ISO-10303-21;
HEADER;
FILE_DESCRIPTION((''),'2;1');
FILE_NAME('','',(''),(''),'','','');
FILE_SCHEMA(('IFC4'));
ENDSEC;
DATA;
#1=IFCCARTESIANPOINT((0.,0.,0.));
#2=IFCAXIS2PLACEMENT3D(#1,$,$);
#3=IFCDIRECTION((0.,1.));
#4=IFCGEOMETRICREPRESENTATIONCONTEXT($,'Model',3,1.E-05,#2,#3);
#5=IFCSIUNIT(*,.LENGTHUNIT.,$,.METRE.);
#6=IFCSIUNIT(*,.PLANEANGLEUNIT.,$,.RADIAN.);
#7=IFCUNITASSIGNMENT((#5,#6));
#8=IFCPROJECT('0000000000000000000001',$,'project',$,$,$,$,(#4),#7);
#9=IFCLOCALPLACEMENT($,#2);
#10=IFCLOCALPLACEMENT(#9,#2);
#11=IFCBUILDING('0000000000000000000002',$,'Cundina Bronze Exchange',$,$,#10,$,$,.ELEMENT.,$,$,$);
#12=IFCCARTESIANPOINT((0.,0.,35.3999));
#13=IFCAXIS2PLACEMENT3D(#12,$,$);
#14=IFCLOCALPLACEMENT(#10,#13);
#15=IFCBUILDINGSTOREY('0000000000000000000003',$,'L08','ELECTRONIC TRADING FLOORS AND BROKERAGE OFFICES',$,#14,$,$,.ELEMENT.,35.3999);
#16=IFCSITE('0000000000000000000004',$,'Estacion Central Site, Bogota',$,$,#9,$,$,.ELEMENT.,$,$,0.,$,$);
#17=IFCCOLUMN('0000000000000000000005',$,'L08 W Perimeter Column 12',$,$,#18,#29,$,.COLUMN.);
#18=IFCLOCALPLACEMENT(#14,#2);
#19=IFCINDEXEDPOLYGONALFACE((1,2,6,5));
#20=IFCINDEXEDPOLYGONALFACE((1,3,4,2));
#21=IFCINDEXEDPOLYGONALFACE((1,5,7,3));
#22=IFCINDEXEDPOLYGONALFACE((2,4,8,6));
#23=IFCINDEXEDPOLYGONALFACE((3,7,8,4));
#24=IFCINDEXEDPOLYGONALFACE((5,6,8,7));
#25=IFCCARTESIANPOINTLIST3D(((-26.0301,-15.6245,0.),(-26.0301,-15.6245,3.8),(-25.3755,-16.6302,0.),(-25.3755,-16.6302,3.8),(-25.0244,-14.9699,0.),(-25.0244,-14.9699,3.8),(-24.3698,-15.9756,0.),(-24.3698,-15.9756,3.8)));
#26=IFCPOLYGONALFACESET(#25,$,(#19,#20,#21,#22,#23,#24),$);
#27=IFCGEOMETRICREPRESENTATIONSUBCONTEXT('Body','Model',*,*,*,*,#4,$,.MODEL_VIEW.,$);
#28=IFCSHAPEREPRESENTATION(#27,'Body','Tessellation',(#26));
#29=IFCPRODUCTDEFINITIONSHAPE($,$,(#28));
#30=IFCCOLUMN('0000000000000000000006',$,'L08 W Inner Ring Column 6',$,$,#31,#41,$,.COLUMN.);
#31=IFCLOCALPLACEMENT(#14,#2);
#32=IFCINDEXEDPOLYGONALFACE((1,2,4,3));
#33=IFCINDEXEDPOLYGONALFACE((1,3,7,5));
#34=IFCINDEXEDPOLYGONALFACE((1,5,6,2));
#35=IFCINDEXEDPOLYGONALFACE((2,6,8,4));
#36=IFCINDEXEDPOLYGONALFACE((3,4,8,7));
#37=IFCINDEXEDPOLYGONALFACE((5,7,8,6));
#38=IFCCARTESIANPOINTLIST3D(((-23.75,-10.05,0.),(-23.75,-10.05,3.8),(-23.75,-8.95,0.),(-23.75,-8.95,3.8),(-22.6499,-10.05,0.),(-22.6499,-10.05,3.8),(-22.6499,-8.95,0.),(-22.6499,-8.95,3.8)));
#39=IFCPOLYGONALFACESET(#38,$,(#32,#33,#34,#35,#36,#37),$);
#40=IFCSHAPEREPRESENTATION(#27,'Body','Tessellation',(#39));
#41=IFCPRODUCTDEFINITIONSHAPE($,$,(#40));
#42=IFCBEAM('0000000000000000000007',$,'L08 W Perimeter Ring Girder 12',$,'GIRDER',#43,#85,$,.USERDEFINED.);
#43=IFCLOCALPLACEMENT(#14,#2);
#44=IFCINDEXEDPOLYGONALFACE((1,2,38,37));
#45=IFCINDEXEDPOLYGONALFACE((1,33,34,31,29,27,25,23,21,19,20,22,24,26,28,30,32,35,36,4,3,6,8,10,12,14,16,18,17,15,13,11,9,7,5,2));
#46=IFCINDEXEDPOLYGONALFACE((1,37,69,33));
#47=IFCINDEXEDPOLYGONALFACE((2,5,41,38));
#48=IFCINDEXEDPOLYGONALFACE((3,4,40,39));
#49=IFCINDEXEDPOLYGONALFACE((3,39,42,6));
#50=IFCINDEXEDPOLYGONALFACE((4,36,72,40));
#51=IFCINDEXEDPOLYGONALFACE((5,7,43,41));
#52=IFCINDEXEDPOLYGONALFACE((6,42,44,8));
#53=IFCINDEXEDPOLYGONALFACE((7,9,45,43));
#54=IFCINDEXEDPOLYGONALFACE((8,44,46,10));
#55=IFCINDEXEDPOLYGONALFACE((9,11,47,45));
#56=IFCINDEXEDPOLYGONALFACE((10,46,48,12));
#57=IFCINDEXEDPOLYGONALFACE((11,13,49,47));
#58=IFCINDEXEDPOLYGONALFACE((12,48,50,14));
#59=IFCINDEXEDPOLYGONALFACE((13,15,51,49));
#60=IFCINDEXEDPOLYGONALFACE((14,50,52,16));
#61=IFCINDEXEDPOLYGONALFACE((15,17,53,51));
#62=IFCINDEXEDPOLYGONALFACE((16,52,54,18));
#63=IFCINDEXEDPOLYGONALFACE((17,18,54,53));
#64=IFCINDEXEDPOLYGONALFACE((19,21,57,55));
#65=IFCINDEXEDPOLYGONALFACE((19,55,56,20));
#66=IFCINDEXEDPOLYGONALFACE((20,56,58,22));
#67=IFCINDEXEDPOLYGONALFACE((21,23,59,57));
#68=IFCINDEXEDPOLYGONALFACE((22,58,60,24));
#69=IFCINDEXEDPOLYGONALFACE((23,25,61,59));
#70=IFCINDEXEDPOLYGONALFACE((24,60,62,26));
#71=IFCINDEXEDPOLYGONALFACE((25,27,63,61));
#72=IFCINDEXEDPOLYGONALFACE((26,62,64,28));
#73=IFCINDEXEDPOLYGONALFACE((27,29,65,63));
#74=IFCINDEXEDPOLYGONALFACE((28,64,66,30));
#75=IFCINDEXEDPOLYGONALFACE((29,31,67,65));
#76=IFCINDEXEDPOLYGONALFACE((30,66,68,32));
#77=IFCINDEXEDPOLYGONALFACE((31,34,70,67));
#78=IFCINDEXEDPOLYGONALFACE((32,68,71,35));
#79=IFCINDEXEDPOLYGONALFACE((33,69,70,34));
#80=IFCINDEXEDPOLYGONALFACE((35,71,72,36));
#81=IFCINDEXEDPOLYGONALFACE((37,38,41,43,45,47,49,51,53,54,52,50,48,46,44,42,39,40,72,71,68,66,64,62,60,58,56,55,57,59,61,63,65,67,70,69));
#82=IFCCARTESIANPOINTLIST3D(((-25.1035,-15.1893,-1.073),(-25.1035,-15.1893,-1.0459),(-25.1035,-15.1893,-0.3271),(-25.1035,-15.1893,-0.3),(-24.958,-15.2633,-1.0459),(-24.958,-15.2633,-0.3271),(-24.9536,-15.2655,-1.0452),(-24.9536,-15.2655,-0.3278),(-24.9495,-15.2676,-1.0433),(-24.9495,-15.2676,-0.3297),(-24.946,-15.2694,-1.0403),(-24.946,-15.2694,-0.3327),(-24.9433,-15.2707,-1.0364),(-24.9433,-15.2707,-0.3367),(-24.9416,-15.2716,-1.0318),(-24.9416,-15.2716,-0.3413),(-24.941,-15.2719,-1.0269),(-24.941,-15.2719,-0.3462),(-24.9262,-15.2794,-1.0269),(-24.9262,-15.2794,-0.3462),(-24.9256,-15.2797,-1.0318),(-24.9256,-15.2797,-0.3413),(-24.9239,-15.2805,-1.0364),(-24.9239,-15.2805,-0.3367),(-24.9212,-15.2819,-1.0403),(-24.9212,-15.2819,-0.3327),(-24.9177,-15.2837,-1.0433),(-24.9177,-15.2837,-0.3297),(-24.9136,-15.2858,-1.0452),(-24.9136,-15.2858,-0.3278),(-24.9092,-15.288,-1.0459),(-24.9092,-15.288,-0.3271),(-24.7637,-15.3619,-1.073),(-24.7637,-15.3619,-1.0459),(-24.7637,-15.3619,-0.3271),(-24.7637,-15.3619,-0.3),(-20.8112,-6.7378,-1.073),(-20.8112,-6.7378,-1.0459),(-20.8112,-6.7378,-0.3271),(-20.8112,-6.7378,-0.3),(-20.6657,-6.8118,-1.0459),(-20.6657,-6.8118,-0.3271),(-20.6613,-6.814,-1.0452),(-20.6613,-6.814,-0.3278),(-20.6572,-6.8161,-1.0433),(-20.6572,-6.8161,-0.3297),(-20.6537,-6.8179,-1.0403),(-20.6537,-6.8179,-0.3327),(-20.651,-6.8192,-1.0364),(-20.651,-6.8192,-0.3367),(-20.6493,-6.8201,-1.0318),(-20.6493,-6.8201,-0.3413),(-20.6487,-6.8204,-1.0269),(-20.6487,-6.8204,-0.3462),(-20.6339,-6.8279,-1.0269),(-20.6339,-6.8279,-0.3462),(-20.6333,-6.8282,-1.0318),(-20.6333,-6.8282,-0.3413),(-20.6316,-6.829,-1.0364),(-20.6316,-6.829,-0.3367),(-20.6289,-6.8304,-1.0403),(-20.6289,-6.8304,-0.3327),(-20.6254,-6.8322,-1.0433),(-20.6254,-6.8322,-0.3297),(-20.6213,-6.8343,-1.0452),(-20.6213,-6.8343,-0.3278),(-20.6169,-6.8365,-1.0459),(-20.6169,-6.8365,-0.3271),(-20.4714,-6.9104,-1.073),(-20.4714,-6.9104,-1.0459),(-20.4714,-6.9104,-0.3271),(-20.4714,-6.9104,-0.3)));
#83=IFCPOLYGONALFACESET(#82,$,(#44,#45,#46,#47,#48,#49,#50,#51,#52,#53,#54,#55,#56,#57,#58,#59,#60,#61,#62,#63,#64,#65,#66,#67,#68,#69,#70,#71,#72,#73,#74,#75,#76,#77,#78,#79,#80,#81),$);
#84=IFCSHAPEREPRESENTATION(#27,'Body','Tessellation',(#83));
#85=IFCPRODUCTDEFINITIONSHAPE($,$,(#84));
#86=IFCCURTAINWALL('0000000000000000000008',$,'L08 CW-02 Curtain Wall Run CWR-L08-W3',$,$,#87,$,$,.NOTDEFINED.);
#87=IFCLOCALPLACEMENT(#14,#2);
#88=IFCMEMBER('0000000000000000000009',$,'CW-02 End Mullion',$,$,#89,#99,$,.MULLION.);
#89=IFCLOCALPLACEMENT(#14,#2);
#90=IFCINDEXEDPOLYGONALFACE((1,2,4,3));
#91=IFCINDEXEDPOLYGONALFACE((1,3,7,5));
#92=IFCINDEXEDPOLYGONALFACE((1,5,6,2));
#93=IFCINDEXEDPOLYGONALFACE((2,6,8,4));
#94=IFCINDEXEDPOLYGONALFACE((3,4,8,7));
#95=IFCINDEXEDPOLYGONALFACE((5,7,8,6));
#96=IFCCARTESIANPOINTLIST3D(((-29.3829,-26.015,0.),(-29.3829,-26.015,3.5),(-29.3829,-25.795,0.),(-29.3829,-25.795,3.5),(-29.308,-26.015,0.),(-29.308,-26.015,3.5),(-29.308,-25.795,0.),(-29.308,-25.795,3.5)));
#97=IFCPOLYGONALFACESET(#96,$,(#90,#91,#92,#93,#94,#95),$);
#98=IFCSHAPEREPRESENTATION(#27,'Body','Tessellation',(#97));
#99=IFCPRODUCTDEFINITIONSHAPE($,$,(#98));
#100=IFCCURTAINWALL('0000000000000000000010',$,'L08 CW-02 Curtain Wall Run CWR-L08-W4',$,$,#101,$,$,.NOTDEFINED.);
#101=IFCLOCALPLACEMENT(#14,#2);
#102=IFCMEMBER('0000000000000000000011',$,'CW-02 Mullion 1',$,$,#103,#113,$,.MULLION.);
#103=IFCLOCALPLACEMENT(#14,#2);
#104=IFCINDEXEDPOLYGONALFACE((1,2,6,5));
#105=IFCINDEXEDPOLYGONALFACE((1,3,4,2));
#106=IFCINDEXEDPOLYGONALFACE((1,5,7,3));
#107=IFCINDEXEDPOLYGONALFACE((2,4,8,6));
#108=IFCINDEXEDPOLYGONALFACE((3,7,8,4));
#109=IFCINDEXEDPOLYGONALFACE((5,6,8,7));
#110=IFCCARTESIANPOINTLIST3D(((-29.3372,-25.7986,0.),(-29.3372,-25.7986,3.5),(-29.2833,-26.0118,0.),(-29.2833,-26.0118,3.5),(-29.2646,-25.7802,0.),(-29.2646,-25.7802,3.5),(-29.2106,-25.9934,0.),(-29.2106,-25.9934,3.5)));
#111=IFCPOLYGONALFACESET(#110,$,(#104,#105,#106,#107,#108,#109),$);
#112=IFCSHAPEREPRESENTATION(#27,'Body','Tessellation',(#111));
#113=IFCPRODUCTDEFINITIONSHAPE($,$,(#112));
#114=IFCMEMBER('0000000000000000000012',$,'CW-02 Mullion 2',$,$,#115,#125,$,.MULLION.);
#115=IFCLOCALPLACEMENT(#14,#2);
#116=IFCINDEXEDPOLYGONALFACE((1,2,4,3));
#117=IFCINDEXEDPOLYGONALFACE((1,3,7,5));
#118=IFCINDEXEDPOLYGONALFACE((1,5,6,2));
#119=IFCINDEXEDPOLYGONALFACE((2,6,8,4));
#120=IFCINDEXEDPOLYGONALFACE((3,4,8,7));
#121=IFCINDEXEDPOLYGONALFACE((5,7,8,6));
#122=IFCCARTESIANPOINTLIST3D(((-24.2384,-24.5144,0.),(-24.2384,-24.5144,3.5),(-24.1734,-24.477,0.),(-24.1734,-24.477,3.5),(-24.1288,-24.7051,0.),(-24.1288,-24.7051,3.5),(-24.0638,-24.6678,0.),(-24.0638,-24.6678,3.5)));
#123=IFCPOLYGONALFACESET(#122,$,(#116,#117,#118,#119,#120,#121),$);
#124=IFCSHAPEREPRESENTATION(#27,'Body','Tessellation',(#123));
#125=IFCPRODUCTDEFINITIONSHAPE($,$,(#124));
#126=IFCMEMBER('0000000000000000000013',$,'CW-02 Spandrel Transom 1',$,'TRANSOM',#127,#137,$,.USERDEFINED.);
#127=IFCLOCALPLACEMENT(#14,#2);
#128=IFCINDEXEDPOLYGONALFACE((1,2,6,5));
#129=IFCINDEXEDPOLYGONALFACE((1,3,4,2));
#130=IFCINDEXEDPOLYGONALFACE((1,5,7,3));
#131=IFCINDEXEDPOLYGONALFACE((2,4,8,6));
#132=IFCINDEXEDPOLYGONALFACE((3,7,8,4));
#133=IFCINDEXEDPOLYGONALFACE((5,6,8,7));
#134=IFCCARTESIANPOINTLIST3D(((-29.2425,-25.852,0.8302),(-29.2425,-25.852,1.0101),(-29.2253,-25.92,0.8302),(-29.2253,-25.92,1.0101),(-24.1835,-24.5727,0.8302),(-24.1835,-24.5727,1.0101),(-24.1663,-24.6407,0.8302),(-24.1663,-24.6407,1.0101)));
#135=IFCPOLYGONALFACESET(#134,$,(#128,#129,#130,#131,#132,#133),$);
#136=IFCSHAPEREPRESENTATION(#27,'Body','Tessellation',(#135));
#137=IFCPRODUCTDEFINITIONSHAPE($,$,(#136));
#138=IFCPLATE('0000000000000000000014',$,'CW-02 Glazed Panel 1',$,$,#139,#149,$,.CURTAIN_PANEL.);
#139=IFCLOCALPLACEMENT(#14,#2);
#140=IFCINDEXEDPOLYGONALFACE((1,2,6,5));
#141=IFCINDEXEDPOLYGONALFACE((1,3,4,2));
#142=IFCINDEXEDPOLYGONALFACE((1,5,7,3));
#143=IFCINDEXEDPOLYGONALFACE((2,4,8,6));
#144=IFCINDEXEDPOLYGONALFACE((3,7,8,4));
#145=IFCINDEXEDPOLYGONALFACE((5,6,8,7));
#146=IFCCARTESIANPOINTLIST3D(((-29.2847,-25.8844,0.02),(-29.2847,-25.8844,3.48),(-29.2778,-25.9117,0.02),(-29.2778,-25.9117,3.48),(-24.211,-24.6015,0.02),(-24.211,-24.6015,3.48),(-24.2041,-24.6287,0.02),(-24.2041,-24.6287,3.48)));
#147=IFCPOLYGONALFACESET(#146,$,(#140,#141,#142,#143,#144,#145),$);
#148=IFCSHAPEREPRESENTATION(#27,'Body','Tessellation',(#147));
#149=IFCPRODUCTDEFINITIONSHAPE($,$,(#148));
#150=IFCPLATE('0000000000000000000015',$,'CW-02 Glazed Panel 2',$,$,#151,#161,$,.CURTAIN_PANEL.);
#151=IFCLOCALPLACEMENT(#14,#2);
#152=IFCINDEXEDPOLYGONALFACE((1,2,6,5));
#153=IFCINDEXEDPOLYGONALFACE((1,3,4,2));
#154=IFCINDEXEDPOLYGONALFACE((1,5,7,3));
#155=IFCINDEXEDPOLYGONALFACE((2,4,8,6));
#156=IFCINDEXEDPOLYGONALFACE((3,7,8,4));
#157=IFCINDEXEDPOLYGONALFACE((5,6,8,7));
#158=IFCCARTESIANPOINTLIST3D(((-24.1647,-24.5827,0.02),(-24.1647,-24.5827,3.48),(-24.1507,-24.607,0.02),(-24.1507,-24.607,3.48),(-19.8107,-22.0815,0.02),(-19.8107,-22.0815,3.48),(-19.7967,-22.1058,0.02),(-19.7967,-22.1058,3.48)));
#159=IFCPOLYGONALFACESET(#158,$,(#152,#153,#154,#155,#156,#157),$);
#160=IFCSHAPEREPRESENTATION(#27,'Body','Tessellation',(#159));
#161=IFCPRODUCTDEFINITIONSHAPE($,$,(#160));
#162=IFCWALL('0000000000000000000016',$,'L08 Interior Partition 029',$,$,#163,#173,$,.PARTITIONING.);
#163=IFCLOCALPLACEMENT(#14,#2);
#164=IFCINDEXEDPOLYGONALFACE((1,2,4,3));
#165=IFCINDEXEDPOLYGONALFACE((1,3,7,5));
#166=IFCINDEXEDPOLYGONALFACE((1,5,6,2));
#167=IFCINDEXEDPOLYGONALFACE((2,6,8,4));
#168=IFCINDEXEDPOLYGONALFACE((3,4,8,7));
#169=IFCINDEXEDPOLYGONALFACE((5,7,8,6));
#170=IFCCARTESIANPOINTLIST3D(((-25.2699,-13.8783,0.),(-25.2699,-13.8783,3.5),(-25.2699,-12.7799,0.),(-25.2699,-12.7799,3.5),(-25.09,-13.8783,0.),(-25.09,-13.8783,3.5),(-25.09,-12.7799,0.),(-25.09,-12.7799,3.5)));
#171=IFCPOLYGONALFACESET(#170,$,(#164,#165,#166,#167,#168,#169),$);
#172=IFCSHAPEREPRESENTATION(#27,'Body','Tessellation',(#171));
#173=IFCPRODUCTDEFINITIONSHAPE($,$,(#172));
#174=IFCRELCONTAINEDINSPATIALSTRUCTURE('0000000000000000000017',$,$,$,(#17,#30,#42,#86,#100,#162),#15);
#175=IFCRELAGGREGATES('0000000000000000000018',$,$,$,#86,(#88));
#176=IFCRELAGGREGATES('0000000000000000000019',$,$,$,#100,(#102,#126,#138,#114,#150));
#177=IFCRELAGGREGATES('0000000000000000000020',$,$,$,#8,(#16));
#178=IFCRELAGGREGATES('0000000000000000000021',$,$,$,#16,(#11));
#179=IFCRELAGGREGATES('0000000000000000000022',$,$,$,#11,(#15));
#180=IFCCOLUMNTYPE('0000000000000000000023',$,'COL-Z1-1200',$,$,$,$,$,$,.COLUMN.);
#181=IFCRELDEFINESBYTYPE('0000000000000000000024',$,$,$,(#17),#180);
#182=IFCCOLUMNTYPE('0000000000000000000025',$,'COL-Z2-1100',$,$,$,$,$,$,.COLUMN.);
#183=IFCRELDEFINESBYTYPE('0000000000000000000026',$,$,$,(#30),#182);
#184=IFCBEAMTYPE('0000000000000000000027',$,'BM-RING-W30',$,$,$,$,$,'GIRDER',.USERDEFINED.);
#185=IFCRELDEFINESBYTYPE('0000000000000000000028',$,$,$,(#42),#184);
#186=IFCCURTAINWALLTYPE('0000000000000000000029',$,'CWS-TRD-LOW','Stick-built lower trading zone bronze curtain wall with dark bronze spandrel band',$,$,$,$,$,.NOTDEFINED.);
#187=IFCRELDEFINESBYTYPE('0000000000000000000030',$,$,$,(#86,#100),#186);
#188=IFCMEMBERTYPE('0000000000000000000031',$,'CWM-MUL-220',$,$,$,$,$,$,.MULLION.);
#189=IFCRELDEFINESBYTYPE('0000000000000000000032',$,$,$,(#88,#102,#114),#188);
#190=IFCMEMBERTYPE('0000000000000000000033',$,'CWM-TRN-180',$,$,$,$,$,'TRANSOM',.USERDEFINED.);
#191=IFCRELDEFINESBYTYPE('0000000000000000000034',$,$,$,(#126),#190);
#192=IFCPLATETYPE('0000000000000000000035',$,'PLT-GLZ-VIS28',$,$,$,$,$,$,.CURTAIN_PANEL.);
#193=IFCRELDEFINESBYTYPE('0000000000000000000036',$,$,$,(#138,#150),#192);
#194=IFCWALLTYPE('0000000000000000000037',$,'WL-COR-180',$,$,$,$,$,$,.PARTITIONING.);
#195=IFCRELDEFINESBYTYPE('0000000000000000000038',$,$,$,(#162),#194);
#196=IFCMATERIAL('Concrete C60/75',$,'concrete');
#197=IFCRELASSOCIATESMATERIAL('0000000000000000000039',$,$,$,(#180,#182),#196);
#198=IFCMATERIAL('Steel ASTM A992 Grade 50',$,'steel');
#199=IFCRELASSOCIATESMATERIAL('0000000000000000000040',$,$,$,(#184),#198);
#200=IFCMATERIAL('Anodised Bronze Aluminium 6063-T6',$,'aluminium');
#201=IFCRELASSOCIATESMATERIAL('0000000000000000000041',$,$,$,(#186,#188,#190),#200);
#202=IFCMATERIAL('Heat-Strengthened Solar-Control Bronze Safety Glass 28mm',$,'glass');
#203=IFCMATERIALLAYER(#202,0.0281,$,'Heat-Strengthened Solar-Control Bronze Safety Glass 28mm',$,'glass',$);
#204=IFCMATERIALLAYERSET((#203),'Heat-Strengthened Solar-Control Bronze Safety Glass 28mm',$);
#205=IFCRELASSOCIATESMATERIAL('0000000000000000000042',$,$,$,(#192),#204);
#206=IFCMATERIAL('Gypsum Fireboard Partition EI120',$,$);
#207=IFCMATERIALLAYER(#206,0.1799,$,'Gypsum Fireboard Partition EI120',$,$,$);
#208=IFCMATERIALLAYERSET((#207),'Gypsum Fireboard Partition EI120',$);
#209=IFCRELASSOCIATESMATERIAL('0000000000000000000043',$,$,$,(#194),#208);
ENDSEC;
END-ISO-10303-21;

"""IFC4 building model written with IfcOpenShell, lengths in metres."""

from ifc_helpers import new_model, si_unit, direction, frame, frame_2d, origin, origin_2d, place, context, subcontext, project, spatial, rectangle, i_section, extrude, material, layer, layer_set, material_profile, profile_set, type_object, element, aggregate, save


model = new_model("IFC4")

# Units and contexts
model_context = context("Model", 3, precision=1e-05, world=origin(), true_north=direction((0.0, 1.0)))
body_context = subcontext(model_context, "Body", "Model", "MODEL_VIEW")
ifc_project = project(units=[si_unit("LENGTHUNIT", "METRE"), si_unit("PLANEANGLEUNIT", "RADIAN")], contexts=[model_context])

# Site, building, storey
site_placement = place(None, origin())
site = spatial("IfcSite", under=ifc_project, at=site_placement, Name="Estacion Central Site, Bogota", CompositionType="ELEMENT", RefElevation=0.0)
building_placement = place(site_placement, origin())
building = spatial("IfcBuilding", under=site, at=building_placement, Name="Cundina Bronze Exchange", CompositionType="ELEMENT")
storey_placement = place(building_placement, frame((0.0, 0.0, 35.3999)))
storey = spatial("IfcBuildingStorey", under=building, at=storey_placement, Name="L08", Description="ELECTRONIC TRADING FLOORS AND BROKERAGE OFFICES", CompositionType="ELEMENT", Elevation=35.3999)

# Columns
ifc_material_1 = material(Name="Concrete C60/75", Category="concrete")
ifc_material_profile_1 = material_profile(ifc_material_1, rectangle(XDim=1.2, YDim=1.2, at=origin_2d()), Name="RC1200X1200", Category="concrete")
ifc_profile_set_1 = profile_set([ifc_material_profile_1], Name="Concrete C60/75")
column_type_1 = type_object("IfcColumnType", Name="COL-Z1-1200", PredefinedType="COLUMN", material=ifc_profile_set_1)
column_1_placement = place(storey_placement, frame((-25.2, -15.8, 0.0), z_axis=(0.0, 0.0, 1.0), x_axis=(0.8381, 0.545517, 0.0)))
element("IfcColumn", 1, at=column_1_placement, inside=storey, type_object=column_type_1, Name="L08 W Perimeter Column 12", PredefinedType="COLUMN", context=body_context, shape_type="SweptSolid", body=[
    extrude(rectangle(XDim=1.2, YDim=1.2, at=origin_2d()), origin(), (0.0, 0.0, 1.0), 3.8),
])
ifc_material_profile_2 = material_profile(ifc_material_1, rectangle(XDim=1.1001, YDim=1.1001, at=origin_2d()), Name="RC1100X1100", Category="concrete")
ifc_profile_set_2 = profile_set([ifc_material_profile_2], Name="Concrete C60/75")
column_type_2 = type_object("IfcColumnType", Name="COL-Z2-1100", PredefinedType="COLUMN", material=ifc_profile_set_2)
column_2_placement = place(storey_placement, frame((-23.2, -9.5, 0.0), z_axis=(0.0, 0.0, 1.0), x_axis=(1.0, 0.0, 0.0)))
element("IfcColumn", 2, at=column_2_placement, inside=storey, type_object=column_type_2, Name="L08 W Inner Ring Column 6", PredefinedType="COLUMN", context=body_context, shape_type="SweptSolid", body=[
    extrude(rectangle(XDim=1.1001, YDim=1.1001, at=origin_2d()), origin(), (0.0, 0.0, 1.0), 3.8),
])

# Beam
ifc_material_2 = material(Name="Steel ASTM A992 Grade 50", Category="steel")
ifc_material_profile_3 = material_profile(ifc_material_2, i_section(OverallWidth=0.3811, OverallDepth=0.7729, WebThickness=0.0166, FlangeThickness=0.0271, FilletRadius=0.019, at=origin_2d()), Name="W30X173", Category="steel")
ifc_profile_set_3 = profile_set([ifc_material_profile_3], Name="Steel ASTM A992 Grade 50")
beam_type = type_object("IfcBeamType", Name="BM-RING-W30", ElementType="GIRDER", PredefinedType="USERDEFINED", material=ifc_profile_set_3)
beam_placement = place(storey_placement, frame((-24.9336, -15.2756, -0.6865), z_axis=(0.45282, 0.891602, 0.0), x_axis=(-0.891602, 0.45282, 0.0)))
element("IfcBeam", 3, at=beam_placement, inside=storey, type_object=beam_type, Name="L08 W Perimeter Ring Girder 12", ObjectType="GIRDER", PredefinedType="USERDEFINED", context=body_context, shape_type="SweptSolid", body=[
    extrude(i_section(OverallWidth=0.3811, OverallDepth=0.7729, WebThickness=0.0166, FlangeThickness=0.0271, FilletRadius=0.019, at=origin_2d()), origin(), (0.0, 0.0, 1.0), 9.479),
])

# Curtain wall, member
ifc_material_3 = material(Name="Anodised Bronze Aluminium 6063-T6", Category="aluminium")
curtain_wall_type = type_object("IfcCurtainWallType", Name="CWS-TRD-LOW", Description="Stick-built lower trading zone bronze curtain wall with dark bronze spandrel band", PredefinedType="NOTDEFINED", material=ifc_material_3)
curtain_wall_1_placement = place(storey_placement, origin())
curtain_wall_1 = element("IfcCurtainWall", 4, at=curtain_wall_1_placement, inside=storey, type_object=curtain_wall_type, Name="L08 CW-02 Curtain Wall Run CWR-L08-W3", PredefinedType="NOTDEFINED")
ifc_material_profile_4 = material_profile(ifc_material_3, rectangle(XDim=0.075, YDim=0.22, at=origin_2d()), Name="AL75X220", Category="aluminium")
ifc_profile_set_4 = profile_set([ifc_material_profile_4], Name="Anodised Bronze Aluminium 6063-T6")
member_type_1 = type_object("IfcMemberType", Name="CWM-MUL-220", PredefinedType="MULLION", material=ifc_profile_set_4)
member_1_placement = place(storey_placement, frame((-29.3455, -25.905, 0.0), z_axis=(0.0, 0.0, 1.0), x_axis=(1.0, 0.0, 0.0)))
member_1 = element("IfcMember", 5, at=member_1_placement, type_object=member_type_1, Name="CW-02 End Mullion", PredefinedType="MULLION", context=body_context, shape_type="SweptSolid", body=[
    extrude(rectangle(XDim=0.075, YDim=0.22, at=origin_2d()), origin(), (0.0, 0.0, 1.0), 3.5),
])
aggregate(curtain_wall_1, [member_1])

# Curtain wall, members, plates
curtain_wall_2_placement = place(storey_placement, origin())
curtain_wall_2 = element("IfcCurtainWall", 6, at=curtain_wall_2_placement, inside=storey, type_object=curtain_wall_type, Name="L08 CW-02 Curtain Wall Run CWR-L08-W4", PredefinedType="NOTDEFINED")
member_2_placement = place(storey_placement, frame((-29.2739, -25.896, 0.0), z_axis=(0.0, 0.0, 1.0), x_axis=(0.969488, 0.245138, 0.0)))
member_2 = element("IfcMember", 7, at=member_2_placement, type_object=member_type_1, Name="CW-02 Mullion 1", PredefinedType="MULLION", context=body_context, shape_type="SweptSolid", body=[
    extrude(rectangle(XDim=0.075, YDim=0.22, at=origin_2d()), origin(), (0.0, 0.0, 1.0), 3.5),
])
member_3_placement = place(storey_placement, frame((-24.1511, -24.5911, 0.0), z_axis=(0.0, 0.0, 1.0), x_axis=(0.867071, 0.498185, 0.0)))
member_3 = element("IfcMember", 8, at=member_3_placement, type_object=member_type_1, Name="CW-02 Mullion 2", PredefinedType="MULLION", context=body_context, shape_type="SweptSolid", body=[
    extrude(rectangle(XDim=0.075, YDim=0.22, at=origin_2d()), origin(), (0.0, 0.0, 1.0), 3.5),
])
ifc_material_profile_5 = material_profile(ifc_material_3, rectangle(XDim=0.0701, YDim=0.1799, at=origin_2d()), Name="AL70X180", Category="aluminium")
ifc_profile_set_5 = profile_set([ifc_material_profile_5], Name="Anodised Bronze Aluminium 6063-T6")
member_type_2 = type_object("IfcMemberType", Name="CWM-TRN-180", ElementType="TRANSOM", PredefinedType="USERDEFINED", material=ifc_profile_set_5)
member_4_placement = place(storey_placement, frame((-29.2339, -25.886, 0.9202), z_axis=(0.969484, 0.245155, 0.0), x_axis=(-0.245155, 0.969484, 0.0)))
member_4 = element("IfcMember", 9, at=member_4_placement, type_object=member_type_2, Name="CW-02 Spandrel Transom 1", ObjectType="TRANSOM", PredefinedType="USERDEFINED", context=body_context, shape_type="SweptSolid", body=[
    extrude(rectangle(XDim=0.0701, YDim=0.1799, at=origin_2d()), origin(), (0.0, 0.0, 1.0), 5.2183),
])
ifc_material_4 = material(Name="Heat-Strengthened Solar-Control Bronze Safety Glass 28mm", Category="glass")
ifc_layer_1 = layer(ifc_material_4, 0.0281, Name="Heat-Strengthened Solar-Control Bronze Safety Glass 28mm", Category="glass")
ifc_layer_set_1 = layer_set([ifc_layer_1], Name="Heat-Strengthened Solar-Control Bronze Safety Glass 28mm")
plate_type = type_object("IfcPlateType", Name="PLT-GLZ-VIS28", PredefinedType="CURTAIN_PANEL", material=ifc_layer_set_1)
plate_1_placement = place(storey_placement, frame((-26.7444, -25.2566, 0.02), z_axis=(0.0, 0.0, 1.0), x_axis=(0.969488, 0.245138, 0.0)))
plate_1 = element("IfcPlate", 10, at=plate_1_placement, type_object=plate_type, Name="CW-02 Glazed Panel 1", PredefinedType="CURTAIN_PANEL", context=body_context, shape_type="SweptSolid", body=[
    extrude(rectangle(XDim=5.2334, YDim=0.0281, at=origin_2d()), origin(), (0.0, 0.0, 1.0), 3.46),
])
plate_2_placement = place(storey_placement, frame((-21.9807, -23.3442, 0.02), z_axis=(0.0, 0.0, 1.0), x_axis=(0.867105, 0.498125, 0.0)))
plate_2 = element("IfcPlate", 11, at=plate_2_placement, type_object=plate_type, Name="CW-02 Glazed Panel 2", PredefinedType="CURTAIN_PANEL", context=body_context, shape_type="SweptSolid", body=[
    extrude(rectangle(XDim=5.0212, YDim=0.0281, at=origin_2d()), origin(), (0.0, 0.0, 1.0), 3.46),
])
aggregate(curtain_wall_2, [member_2, member_4, plate_1, member_3, plate_2])

# Wall
ifc_material_5 = material(Name="Gypsum Fireboard Partition EI120")
ifc_layer_2 = layer(ifc_material_5, 0.1799, Name="Gypsum Fireboard Partition EI120")
ifc_layer_set_2 = layer_set([ifc_layer_2], Name="Gypsum Fireboard Partition EI120")
wall_type_1 = type_object("IfcWallType", Name="WL-COR-180", PredefinedType="PARTITIONING", material=ifc_layer_set_2)
wall_1_placement = place(storey_placement, frame((-25.1799, -13.8784, 0.0), z_axis=(0.0, 0.0, 1.0), x_axis=(0.0, 1.0, 0.0)))
element("IfcWall", 12, at=wall_1_placement, inside=storey, type_object=wall_type_1, Name="L08 Interior Partition 029", PredefinedType="PARTITIONING", context=body_context, shape_type="SweptSolid", body=[
    extrude(rectangle(XDim=1.0984, YDim=0.1799, at=frame_2d((0.5493, 0.0))), origin(), (0.0, 0.0, 1.0), 3.5),
])

save(model, "model.ifc")
